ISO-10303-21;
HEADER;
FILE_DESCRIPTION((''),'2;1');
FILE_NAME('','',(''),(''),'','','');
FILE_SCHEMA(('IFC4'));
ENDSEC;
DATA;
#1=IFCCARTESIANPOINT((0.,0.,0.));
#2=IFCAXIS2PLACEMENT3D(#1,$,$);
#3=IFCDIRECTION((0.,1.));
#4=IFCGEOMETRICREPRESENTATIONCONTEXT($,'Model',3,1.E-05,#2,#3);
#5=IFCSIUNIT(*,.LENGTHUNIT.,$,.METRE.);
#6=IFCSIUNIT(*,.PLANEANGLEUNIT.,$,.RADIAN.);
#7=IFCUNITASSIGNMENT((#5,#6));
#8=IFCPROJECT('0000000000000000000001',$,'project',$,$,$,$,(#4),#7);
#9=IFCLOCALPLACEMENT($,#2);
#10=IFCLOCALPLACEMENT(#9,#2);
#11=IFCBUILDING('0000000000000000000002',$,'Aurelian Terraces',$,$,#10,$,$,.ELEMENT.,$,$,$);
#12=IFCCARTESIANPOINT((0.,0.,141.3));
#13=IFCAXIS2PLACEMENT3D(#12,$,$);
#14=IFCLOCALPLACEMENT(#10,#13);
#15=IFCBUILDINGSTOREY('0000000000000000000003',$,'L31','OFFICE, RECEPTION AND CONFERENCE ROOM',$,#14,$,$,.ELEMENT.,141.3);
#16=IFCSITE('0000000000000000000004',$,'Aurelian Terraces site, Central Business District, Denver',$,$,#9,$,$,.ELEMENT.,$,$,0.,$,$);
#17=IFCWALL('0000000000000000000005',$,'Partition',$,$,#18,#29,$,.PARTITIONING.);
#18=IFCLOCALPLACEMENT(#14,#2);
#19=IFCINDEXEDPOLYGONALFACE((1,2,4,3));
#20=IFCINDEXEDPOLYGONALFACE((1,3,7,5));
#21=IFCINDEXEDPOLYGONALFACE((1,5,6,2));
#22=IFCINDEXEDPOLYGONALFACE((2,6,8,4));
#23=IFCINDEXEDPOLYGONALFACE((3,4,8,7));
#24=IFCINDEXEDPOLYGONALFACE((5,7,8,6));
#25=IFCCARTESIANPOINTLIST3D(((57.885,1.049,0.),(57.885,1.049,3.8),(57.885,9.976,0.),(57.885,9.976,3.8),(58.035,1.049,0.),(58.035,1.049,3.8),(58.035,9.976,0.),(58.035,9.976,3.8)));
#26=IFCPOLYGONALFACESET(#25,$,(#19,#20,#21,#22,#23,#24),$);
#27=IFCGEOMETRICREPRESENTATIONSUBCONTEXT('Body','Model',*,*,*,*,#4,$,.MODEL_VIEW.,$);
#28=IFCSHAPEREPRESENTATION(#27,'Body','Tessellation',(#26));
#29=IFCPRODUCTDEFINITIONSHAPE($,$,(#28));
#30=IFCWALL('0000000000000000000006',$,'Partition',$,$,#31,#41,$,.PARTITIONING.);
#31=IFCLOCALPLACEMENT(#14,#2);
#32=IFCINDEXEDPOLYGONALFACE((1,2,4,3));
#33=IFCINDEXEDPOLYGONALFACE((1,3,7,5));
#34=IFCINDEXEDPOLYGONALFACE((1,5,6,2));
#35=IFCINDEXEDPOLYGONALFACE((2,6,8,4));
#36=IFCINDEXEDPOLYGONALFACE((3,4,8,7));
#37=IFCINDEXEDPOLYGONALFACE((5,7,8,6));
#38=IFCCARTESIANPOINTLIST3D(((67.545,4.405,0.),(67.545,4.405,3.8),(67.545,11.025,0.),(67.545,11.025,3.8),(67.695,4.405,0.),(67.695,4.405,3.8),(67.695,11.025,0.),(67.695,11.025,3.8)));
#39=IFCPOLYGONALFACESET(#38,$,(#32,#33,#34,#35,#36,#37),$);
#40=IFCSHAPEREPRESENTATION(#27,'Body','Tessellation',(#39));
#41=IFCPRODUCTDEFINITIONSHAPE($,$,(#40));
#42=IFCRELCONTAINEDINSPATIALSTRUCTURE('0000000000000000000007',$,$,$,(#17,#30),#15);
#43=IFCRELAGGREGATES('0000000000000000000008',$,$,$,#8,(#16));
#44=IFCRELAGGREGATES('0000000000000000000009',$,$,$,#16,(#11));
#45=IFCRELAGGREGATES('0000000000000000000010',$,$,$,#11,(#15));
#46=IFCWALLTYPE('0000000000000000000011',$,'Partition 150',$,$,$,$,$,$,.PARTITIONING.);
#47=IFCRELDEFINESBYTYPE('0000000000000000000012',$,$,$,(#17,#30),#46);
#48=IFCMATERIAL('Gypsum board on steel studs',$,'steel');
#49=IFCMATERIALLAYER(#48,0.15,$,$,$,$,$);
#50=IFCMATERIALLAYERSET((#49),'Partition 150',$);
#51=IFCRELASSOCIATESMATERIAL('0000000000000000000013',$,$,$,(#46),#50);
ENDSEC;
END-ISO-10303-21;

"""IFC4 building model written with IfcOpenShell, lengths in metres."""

from ifc_helpers import new_model, si_unit, direction, frame, frame_2d, origin, place, context, subcontext, project, spatial, rectangle, extrude, source, transform, mapped, material, layer, layer_set, type_object, element, save


model = new_model("IFC4")

# Units and contexts
model_context = context("Model", 3, precision=1e-05, world=origin(), true_north=direction((0.0, 1.0)))
body_context = subcontext(model_context, "Body", "Model", "MODEL_VIEW")
ifc_project = project(units=[si_unit("LENGTHUNIT", "METRE"), si_unit("PLANEANGLEUNIT", "RADIAN")], contexts=[model_context])

# Site, building, storey
site_placement = place(None, origin())
site = spatial("IfcSite", under=ifc_project, at=site_placement, Name="Aurelian Terraces site, Central Business District, Denver", CompositionType="ELEMENT", RefElevation=0.0)
building_placement = place(site_placement, origin())
building = spatial("IfcBuilding", under=site, at=building_placement, Name="Aurelian Terraces", CompositionType="ELEMENT")
storey_placement = place(building_placement, frame((0.0, 0.0, 141.3)))
storey = spatial("IfcBuildingStorey", under=building, at=storey_placement, Name="L31", Description="OFFICE, RECEPTION AND CONFERENCE ROOM", CompositionType="ELEMENT", Elevation=141.3)

# Walls
ifc_material_1 = material(Name="Gypsum board on steel studs", Category="steel")
ifc_layer_1 = layer(ifc_material_1, 0.15)
ifc_layer_set_1 = layer_set([ifc_layer_1], Name="Partition 150")
wall_type_1 = type_object("IfcWallType", Name="Partition 150", PredefinedType="PARTITIONING", material=ifc_layer_set_1)
shared_shape_1 = source(origin(), body_context, "Body", "SweptSolid", [
    extrude(rectangle(XDim=8.927, YDim=0.15, at=frame_2d((4.4635, 0.0))), origin(), (0.0, 0.0, 1.0), 3.8),
])
for number, where, z_axis, x_axis, name in (
    (1, (57.96, 1.049, 0.0), (0.0, 0.0, 1.0), (0.0, 1.0, 0.0), "Partition"),
):
    element("IfcWall", number, at=place(storey_placement, frame(where, z_axis=z_axis, x_axis=x_axis)), inside=storey, type_object=wall_type_1, Name=name, PredefinedType="PARTITIONING", context=body_context, shape_type="MappedRepresentation", body=[
        mapped(shared_shape_1, transform((0.0, 0.0, 0.0), scale=1.0)),
    ])
shared_shape_2 = source(origin(), body_context, "Body", "SweptSolid", [
    extrude(rectangle(XDim=6.62, YDim=0.15, at=frame_2d((3.31, 0.0))), origin(), (0.0, 0.0, 1.0), 3.8),
])
wall_1_placement = place(storey_placement, frame((67.62, 4.405, 0.0), z_axis=(0.0, 0.0, 1.0), x_axis=(0.0, 1.0, 0.0)))
element("IfcWall", 2, at=wall_1_placement, inside=storey, type_object=wall_type_1, Name="Partition", PredefinedType="PARTITIONING", context=body_context, shape_type="MappedRepresentation", body=[
    mapped(shared_shape_2, transform((0.0, 0.0, 0.0), scale=1.0)),
])

save(model, "model.ifc")
